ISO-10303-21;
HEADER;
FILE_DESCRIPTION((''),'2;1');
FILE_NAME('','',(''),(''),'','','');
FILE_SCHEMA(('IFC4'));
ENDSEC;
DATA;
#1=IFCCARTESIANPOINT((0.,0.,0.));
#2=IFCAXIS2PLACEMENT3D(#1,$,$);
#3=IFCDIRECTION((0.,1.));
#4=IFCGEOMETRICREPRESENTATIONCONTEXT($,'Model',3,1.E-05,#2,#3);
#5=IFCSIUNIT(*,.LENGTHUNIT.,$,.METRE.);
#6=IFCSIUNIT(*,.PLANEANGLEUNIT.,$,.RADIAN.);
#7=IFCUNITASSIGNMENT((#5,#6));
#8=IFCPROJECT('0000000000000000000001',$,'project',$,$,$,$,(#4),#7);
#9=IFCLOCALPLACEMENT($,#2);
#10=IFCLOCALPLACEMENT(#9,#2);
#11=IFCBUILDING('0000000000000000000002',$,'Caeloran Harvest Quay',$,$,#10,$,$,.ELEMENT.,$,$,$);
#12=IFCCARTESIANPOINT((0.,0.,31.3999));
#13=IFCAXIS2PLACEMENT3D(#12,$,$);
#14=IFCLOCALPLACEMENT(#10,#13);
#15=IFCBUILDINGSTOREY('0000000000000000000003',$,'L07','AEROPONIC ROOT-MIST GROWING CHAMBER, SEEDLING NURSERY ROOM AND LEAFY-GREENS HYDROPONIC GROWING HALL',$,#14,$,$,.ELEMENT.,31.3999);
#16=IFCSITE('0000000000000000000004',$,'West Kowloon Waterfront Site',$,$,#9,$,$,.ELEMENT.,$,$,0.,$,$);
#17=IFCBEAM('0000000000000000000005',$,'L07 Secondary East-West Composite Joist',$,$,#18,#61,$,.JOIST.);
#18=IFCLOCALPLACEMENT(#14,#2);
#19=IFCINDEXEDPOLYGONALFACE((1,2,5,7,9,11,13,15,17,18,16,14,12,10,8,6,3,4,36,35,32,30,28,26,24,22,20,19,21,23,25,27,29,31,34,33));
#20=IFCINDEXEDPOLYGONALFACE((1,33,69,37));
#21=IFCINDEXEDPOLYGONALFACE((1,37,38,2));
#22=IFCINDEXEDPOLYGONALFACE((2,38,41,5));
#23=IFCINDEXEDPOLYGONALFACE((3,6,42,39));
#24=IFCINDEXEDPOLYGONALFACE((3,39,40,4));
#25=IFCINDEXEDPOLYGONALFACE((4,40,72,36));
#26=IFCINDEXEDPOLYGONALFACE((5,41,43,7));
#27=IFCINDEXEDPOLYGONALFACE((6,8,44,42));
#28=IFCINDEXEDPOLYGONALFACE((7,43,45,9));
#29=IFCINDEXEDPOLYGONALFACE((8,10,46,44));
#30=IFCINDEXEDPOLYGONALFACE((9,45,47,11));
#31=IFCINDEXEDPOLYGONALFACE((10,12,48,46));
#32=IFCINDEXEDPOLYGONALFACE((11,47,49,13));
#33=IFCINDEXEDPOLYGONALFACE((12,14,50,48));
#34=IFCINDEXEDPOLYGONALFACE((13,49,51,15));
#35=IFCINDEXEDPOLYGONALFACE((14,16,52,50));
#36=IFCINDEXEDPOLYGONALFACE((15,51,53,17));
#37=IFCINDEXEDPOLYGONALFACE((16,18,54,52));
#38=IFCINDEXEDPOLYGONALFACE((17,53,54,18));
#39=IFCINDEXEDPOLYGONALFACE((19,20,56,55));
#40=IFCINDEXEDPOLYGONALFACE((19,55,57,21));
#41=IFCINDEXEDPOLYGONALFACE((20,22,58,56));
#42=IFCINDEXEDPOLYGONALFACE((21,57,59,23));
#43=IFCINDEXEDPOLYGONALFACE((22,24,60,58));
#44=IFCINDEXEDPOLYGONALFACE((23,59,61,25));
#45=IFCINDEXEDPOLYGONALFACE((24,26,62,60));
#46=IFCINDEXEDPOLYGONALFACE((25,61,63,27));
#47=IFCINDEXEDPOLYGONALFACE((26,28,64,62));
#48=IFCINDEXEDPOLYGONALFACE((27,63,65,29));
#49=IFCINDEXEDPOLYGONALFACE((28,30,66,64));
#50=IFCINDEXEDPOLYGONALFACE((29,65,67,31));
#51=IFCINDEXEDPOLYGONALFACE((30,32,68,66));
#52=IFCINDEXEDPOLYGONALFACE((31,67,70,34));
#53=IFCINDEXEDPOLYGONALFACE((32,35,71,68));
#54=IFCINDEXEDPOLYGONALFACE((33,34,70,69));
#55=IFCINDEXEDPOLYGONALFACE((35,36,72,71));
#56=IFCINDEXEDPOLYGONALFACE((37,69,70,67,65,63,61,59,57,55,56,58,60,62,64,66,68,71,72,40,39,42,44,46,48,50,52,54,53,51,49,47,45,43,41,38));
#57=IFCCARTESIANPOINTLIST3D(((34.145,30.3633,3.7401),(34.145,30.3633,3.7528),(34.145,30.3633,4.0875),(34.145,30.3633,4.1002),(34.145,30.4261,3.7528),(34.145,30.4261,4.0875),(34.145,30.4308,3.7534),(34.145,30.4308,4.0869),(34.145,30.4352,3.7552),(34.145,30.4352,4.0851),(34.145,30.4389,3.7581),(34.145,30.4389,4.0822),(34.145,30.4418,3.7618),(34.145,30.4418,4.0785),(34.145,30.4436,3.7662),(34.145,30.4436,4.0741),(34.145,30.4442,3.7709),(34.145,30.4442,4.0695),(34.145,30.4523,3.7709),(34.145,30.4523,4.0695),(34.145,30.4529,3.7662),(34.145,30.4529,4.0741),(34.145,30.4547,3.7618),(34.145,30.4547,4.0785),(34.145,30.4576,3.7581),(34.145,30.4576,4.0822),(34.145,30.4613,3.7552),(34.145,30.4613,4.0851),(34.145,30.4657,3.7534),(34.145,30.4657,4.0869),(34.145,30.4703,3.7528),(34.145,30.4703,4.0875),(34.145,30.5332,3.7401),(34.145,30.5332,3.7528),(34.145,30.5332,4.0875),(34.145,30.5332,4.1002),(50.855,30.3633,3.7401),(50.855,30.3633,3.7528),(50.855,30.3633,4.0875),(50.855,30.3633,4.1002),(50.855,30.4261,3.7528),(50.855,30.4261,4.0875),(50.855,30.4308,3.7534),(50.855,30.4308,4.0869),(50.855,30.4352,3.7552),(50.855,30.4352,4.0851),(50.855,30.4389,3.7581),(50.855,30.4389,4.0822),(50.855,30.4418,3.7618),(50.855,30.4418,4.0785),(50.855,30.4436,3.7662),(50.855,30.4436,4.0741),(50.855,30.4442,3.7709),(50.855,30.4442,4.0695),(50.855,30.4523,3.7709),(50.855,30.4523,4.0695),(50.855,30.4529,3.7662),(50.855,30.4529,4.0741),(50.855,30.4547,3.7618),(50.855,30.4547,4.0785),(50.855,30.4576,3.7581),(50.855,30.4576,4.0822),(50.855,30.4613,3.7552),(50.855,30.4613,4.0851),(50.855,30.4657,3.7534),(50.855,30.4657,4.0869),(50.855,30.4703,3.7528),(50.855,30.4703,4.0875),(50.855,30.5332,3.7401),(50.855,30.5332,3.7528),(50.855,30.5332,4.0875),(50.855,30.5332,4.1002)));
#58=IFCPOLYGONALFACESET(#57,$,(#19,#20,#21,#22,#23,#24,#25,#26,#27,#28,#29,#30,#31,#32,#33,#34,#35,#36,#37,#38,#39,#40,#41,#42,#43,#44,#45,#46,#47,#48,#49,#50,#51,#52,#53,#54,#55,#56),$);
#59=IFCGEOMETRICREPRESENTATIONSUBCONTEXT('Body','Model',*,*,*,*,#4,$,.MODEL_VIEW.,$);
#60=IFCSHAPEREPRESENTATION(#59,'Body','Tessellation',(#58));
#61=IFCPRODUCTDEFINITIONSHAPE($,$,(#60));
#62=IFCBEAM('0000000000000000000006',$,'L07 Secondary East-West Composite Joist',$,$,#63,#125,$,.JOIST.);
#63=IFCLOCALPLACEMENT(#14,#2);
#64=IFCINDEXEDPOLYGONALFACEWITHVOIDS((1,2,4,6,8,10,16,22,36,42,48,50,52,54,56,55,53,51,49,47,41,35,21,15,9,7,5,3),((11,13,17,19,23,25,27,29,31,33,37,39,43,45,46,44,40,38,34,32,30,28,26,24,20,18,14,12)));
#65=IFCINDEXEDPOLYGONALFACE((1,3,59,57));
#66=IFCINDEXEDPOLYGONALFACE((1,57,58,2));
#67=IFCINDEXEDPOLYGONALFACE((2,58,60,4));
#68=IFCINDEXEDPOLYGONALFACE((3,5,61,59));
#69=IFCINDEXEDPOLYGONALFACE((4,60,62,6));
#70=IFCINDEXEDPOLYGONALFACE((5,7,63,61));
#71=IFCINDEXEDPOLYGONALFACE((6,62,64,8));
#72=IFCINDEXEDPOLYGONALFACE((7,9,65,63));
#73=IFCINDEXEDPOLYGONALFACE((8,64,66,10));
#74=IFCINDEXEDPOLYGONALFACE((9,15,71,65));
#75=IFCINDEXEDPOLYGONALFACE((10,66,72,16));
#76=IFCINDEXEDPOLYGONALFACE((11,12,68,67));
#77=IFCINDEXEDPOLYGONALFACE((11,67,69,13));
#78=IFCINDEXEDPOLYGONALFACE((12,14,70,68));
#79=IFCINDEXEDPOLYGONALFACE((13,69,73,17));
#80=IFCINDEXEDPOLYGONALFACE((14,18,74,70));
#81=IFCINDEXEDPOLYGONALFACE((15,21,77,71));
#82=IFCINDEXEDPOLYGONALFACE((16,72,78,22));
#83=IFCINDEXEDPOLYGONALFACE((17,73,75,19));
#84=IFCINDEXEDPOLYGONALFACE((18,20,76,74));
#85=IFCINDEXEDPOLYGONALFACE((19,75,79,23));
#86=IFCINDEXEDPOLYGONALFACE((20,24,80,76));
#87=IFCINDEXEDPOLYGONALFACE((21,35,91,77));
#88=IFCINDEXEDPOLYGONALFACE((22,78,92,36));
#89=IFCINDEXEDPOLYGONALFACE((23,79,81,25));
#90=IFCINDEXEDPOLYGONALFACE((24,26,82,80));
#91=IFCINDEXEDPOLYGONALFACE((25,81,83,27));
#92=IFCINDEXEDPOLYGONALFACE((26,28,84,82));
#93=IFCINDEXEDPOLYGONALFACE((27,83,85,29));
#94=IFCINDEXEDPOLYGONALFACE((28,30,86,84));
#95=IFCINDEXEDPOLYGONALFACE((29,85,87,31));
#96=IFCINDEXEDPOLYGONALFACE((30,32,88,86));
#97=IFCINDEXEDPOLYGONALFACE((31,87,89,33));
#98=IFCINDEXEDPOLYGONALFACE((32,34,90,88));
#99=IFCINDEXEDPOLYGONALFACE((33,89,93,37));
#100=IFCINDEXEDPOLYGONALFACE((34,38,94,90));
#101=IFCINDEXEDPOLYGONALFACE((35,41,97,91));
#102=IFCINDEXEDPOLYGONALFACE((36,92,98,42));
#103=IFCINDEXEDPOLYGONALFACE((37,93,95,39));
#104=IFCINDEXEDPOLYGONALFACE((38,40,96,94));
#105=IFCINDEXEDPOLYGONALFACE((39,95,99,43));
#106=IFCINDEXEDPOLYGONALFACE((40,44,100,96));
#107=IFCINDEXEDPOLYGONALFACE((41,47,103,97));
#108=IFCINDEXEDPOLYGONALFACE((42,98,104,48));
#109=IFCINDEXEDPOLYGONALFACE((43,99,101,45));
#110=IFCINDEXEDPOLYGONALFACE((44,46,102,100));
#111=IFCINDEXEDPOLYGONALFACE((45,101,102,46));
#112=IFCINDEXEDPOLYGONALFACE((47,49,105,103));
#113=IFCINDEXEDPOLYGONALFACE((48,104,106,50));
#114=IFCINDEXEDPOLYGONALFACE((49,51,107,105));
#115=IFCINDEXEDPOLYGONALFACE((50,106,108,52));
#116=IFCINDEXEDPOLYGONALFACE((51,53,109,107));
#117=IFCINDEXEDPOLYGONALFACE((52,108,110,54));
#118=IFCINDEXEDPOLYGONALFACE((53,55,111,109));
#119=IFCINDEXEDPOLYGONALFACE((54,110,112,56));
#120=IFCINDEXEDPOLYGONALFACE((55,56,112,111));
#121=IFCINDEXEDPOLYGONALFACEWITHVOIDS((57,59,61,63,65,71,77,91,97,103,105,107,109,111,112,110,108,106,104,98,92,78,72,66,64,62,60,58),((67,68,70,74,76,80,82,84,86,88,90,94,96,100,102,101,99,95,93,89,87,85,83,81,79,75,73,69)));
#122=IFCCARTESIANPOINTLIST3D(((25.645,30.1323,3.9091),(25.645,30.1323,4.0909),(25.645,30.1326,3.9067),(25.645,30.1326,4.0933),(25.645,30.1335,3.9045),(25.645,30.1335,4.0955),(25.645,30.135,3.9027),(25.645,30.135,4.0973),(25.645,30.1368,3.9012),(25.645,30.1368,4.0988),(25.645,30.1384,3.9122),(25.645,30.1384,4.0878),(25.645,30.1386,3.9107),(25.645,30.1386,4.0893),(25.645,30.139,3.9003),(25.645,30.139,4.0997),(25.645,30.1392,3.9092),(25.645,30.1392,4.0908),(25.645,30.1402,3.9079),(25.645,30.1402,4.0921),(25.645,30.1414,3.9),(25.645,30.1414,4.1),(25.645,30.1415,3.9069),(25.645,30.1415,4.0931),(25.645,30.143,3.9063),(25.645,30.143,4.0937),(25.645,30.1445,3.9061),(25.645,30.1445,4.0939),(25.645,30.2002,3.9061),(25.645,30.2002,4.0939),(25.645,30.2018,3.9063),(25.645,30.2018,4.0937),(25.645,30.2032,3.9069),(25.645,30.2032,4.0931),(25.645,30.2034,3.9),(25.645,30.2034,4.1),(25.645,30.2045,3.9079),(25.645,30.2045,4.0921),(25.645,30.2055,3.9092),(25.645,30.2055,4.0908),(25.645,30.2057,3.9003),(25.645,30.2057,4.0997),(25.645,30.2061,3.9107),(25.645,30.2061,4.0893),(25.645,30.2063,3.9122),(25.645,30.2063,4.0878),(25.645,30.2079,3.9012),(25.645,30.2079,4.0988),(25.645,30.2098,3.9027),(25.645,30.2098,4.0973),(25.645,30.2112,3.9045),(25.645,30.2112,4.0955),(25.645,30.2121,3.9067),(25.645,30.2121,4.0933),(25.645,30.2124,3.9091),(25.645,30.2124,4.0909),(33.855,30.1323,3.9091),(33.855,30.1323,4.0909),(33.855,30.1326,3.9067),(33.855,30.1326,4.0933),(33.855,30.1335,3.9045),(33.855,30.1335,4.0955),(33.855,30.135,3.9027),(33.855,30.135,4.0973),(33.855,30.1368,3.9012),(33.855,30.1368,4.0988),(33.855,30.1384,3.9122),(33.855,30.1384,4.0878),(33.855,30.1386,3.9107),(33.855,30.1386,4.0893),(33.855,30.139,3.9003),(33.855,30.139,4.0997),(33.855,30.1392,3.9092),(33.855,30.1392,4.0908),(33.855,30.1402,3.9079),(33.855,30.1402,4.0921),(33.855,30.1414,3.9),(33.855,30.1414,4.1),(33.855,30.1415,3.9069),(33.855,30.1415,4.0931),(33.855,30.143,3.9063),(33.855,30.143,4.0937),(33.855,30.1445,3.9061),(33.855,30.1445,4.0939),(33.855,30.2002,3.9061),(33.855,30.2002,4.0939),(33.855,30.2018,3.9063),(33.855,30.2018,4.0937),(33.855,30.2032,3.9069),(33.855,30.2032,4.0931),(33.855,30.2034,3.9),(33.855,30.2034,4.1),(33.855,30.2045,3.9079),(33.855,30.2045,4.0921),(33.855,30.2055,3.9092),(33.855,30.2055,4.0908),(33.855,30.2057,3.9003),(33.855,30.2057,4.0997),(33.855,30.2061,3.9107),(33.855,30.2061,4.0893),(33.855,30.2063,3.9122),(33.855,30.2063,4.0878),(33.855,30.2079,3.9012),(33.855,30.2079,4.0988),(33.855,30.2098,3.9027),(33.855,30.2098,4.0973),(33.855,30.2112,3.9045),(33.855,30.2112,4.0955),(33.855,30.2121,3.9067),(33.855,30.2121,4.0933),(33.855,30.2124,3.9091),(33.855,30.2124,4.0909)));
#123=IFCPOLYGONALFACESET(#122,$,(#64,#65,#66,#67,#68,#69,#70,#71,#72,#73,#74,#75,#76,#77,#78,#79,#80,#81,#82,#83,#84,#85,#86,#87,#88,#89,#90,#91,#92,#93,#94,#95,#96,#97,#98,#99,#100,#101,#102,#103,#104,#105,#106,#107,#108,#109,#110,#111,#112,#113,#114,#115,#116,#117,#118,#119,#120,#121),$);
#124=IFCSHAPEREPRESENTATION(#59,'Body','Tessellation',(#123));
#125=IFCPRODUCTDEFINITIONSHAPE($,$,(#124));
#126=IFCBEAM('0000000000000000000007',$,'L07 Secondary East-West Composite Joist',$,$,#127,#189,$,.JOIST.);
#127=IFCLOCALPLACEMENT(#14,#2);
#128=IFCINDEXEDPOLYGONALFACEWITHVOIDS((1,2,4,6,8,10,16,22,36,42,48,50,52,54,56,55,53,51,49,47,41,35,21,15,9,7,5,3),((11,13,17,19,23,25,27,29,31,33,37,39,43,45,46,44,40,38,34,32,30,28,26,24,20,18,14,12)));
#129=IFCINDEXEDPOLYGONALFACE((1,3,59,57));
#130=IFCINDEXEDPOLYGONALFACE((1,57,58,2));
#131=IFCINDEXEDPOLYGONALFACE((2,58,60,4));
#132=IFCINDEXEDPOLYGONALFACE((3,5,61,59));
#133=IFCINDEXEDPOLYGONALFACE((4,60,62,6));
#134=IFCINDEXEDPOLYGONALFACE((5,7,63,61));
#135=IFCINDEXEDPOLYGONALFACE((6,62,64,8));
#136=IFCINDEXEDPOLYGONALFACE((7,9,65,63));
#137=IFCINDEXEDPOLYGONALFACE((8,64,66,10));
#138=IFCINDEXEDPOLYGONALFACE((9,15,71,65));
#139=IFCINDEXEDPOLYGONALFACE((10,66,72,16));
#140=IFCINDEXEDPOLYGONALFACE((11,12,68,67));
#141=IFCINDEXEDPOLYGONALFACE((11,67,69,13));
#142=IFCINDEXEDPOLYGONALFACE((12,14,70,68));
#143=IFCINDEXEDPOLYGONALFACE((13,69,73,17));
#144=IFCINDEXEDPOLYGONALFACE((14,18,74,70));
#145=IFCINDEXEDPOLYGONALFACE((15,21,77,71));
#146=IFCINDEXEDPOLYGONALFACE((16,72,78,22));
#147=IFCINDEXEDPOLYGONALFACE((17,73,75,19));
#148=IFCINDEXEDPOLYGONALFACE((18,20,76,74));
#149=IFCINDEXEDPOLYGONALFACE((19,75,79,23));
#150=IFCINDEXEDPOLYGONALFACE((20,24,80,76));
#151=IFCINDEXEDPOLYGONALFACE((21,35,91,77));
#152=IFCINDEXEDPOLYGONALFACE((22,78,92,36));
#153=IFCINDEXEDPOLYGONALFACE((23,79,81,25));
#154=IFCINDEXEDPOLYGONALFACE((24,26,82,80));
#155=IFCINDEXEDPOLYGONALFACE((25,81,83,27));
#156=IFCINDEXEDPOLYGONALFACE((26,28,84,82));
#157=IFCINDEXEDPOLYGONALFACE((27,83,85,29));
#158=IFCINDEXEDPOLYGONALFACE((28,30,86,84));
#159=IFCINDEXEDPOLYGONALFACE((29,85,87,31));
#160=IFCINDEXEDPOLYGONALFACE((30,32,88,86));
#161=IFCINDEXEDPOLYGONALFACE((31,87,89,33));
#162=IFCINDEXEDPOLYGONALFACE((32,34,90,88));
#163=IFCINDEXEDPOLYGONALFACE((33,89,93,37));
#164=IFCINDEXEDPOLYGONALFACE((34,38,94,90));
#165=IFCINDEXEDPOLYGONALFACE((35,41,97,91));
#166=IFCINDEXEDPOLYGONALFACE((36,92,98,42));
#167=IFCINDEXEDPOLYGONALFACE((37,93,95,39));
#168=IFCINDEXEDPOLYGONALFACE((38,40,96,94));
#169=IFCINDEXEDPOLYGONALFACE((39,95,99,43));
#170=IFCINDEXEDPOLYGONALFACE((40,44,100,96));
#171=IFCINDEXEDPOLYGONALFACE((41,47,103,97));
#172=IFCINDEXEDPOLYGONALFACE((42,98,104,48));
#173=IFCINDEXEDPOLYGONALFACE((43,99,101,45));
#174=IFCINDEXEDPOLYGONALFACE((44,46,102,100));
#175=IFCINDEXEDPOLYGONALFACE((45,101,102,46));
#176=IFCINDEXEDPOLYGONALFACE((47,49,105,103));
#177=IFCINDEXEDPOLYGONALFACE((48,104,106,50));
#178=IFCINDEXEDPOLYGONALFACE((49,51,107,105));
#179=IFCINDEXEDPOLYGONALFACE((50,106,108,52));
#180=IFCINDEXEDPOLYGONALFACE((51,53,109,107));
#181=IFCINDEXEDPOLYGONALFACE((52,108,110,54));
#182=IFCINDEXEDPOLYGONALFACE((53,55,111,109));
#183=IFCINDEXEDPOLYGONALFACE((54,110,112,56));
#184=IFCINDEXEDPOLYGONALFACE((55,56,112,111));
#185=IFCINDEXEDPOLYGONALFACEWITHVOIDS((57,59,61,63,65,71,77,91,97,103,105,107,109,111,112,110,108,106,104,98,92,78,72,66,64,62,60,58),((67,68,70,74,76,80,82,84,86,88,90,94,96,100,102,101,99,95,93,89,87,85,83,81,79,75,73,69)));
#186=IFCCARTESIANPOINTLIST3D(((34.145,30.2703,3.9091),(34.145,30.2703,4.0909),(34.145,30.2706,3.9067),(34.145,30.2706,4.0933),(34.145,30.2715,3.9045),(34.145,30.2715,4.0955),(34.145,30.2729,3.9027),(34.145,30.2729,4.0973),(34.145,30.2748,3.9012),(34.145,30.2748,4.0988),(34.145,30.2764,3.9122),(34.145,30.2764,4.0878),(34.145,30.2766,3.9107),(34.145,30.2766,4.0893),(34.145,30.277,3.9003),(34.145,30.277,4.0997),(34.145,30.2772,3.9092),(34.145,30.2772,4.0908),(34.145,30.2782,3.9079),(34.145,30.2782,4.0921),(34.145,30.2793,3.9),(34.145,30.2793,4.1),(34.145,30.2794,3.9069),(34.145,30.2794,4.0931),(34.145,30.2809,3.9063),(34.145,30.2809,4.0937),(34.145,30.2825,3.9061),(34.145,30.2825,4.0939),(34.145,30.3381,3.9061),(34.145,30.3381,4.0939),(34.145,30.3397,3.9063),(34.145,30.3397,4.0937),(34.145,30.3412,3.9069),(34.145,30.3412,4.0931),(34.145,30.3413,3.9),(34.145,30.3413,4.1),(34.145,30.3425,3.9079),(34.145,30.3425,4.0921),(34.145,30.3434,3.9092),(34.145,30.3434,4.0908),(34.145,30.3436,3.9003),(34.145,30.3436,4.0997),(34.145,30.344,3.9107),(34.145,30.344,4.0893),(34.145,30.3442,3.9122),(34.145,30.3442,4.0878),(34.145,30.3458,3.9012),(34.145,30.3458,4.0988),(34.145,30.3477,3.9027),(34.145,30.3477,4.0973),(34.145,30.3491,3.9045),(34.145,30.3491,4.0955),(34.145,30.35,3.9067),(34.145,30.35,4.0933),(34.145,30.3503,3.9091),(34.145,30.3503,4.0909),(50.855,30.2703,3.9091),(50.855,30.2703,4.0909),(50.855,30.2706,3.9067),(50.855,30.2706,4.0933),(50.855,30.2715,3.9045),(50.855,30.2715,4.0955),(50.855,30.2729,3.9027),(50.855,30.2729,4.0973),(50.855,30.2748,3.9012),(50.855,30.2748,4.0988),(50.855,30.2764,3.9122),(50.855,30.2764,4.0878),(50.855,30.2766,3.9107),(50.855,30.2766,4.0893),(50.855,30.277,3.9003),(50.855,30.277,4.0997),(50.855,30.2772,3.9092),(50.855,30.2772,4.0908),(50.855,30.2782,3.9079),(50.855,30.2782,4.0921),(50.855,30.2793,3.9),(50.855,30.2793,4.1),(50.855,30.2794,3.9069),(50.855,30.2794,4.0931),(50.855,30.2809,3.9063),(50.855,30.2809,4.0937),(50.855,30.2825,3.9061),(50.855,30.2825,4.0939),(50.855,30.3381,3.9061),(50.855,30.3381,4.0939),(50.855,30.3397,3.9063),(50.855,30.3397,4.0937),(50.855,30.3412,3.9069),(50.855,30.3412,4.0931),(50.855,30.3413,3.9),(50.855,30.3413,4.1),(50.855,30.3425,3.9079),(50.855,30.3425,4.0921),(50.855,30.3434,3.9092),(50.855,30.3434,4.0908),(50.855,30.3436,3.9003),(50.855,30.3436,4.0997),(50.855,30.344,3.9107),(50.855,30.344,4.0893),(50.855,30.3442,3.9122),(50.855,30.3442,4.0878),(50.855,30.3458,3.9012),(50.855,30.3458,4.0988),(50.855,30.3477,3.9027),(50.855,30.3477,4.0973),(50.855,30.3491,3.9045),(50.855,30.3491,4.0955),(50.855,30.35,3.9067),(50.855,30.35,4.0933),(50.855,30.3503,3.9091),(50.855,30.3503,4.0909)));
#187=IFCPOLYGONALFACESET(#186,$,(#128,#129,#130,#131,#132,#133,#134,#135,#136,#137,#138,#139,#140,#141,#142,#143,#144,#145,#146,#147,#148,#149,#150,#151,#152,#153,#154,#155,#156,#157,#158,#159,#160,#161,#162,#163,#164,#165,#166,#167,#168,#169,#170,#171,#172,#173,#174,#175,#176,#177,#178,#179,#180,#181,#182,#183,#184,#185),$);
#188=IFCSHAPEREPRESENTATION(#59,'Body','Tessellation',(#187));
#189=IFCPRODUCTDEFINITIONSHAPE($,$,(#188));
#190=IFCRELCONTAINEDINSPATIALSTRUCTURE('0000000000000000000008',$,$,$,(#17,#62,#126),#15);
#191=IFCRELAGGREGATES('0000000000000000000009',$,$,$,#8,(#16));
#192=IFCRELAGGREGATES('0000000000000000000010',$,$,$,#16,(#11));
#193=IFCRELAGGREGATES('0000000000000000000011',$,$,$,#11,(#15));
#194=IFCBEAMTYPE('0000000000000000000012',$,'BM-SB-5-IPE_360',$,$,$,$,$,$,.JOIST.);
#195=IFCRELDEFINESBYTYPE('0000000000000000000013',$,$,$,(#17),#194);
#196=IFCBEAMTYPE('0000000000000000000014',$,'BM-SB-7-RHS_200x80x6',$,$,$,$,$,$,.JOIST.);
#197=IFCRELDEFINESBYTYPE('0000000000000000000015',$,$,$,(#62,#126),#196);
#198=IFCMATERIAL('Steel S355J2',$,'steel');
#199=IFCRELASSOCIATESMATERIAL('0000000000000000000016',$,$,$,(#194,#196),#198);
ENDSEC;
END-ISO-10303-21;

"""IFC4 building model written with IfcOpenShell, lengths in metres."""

from ifc_helpers import new_model, si_unit, direction, frame, origin, origin_2d, place, context, subcontext, project, spatial, hollow_rectangle, i_section, extrude, material, material_profile, profile_set, type_object, element, save


model = new_model("IFC4")

# Units and contexts
model_context = context("Model", 3, precision=1e-05, world=origin(), true_north=direction((0.0, 1.0)))
body_context = subcontext(model_context, "Body", "Model", "MODEL_VIEW")
ifc_project = project(units=[si_unit("LENGTHUNIT", "METRE"), si_unit("PLANEANGLEUNIT", "RADIAN")], contexts=[model_context])

# Site, building, storey
site_placement = place(None, origin())
site = spatial("IfcSite", under=ifc_project, at=site_placement, Name="West Kowloon Waterfront Site", CompositionType="ELEMENT", RefElevation=0.0)
building_placement = place(site_placement, origin())
building = spatial("IfcBuilding", under=site, at=building_placement, Name="Caeloran Harvest Quay", CompositionType="ELEMENT")
storey_placement = place(building_placement, frame((0.0, 0.0, 31.3999)))
storey = spatial("IfcBuildingStorey", under=building, at=storey_placement, Name="L07", Description="AEROPONIC ROOT-MIST GROWING CHAMBER, SEEDLING NURSERY ROOM AND LEAFY-GREENS HYDROPONIC GROWING HALL", CompositionType="ELEMENT", Elevation=31.3999)

# Beams
ifc_material_1 = material(Name="Steel S355J2", Category="steel")
ifc_material_profile_1 = material_profile(ifc_material_1, i_section(OverallWidth=0.1699, OverallDepth=0.3601, WebThickness=0.0081, FlangeThickness=0.0127, FilletRadius=0.0181, at=origin_2d()), Name="IPE 360")
ifc_profile_set_1 = profile_set([ifc_material_profile_1], Name="Steel S355J2")
beam_type_1 = type_object("IfcBeamType", Name="BM-SB-5-IPE_360", PredefinedType="JOIST", material=ifc_profile_set_1)
for number, where, z_axis, x_axis, name in (
    (1, (34.145, 30.4482, 3.9202), (1.0, 0.0, 0.0), (0.0, 1.0, 0.0), "L07 Secondary East-West Composite Joist"),
):
    element("IfcBeam", number, at=place(storey_placement, frame(where, z_axis=z_axis, x_axis=x_axis)), inside=storey, type_object=beam_type_1, Name=name, PredefinedType="JOIST", context=body_context, shape_type="SweptSolid", body=[
        extrude(i_section(OverallWidth=0.1699, OverallDepth=0.3601, WebThickness=0.0081, FlangeThickness=0.0127, FilletRadius=0.0181, at=origin_2d()), origin(), (0.0, 0.0, 1.0), 16.71),
    ])
ifc_material_profile_2 = material_profile(ifc_material_1, hollow_rectangle(XDim=0.0801, YDim=0.2, WallThickness=0.0061, InnerFilletRadius=0.0061, OuterFilletRadius=0.009, at=origin_2d()), Name="RHS 200x80x6")
ifc_profile_set_2 = profile_set([ifc_material_profile_2], Name="Steel S355J2")
beam_type_2 = type_object("IfcBeamType", Name="BM-SB-7-RHS_200x80x6", PredefinedType="JOIST", material=ifc_profile_set_2)
beam_1_placement = place(storey_placement, frame((25.645, 30.1724, 4.0), z_axis=(1.0, 0.0, 0.0), x_axis=(0.0, 1.0, 0.0)))
element("IfcBeam", 2, at=beam_1_placement, inside=storey, type_object=beam_type_2, Name="L07 Secondary East-West Composite Joist", PredefinedType="JOIST", context=body_context, shape_type="SweptSolid", body=[
    extrude(hollow_rectangle(XDim=0.0801, YDim=0.2, WallThickness=0.0061, InnerFilletRadius=0.0061, OuterFilletRadius=0.009, at=origin_2d()), origin(), (0.0, 0.0, 1.0), 8.21),
])
beam_2_placement = place(storey_placement, frame((34.145, 30.3103, 4.0), z_axis=(1.0, 0.0, 0.0), x_axis=(0.0, 1.0, 0.0)))
element("IfcBeam", 3, at=beam_2_placement, inside=storey, type_object=beam_type_2, Name="L07 Secondary East-West Composite Joist", PredefinedType="JOIST", context=body_context, shape_type="SweptSolid", body=[
    extrude(hollow_rectangle(XDim=0.0801, YDim=0.2, WallThickness=0.0061, InnerFilletRadius=0.0061, OuterFilletRadius=0.009, at=origin_2d()), origin(), (0.0, 0.0, 1.0), 16.71),
])

save(model, "model.ifc")
